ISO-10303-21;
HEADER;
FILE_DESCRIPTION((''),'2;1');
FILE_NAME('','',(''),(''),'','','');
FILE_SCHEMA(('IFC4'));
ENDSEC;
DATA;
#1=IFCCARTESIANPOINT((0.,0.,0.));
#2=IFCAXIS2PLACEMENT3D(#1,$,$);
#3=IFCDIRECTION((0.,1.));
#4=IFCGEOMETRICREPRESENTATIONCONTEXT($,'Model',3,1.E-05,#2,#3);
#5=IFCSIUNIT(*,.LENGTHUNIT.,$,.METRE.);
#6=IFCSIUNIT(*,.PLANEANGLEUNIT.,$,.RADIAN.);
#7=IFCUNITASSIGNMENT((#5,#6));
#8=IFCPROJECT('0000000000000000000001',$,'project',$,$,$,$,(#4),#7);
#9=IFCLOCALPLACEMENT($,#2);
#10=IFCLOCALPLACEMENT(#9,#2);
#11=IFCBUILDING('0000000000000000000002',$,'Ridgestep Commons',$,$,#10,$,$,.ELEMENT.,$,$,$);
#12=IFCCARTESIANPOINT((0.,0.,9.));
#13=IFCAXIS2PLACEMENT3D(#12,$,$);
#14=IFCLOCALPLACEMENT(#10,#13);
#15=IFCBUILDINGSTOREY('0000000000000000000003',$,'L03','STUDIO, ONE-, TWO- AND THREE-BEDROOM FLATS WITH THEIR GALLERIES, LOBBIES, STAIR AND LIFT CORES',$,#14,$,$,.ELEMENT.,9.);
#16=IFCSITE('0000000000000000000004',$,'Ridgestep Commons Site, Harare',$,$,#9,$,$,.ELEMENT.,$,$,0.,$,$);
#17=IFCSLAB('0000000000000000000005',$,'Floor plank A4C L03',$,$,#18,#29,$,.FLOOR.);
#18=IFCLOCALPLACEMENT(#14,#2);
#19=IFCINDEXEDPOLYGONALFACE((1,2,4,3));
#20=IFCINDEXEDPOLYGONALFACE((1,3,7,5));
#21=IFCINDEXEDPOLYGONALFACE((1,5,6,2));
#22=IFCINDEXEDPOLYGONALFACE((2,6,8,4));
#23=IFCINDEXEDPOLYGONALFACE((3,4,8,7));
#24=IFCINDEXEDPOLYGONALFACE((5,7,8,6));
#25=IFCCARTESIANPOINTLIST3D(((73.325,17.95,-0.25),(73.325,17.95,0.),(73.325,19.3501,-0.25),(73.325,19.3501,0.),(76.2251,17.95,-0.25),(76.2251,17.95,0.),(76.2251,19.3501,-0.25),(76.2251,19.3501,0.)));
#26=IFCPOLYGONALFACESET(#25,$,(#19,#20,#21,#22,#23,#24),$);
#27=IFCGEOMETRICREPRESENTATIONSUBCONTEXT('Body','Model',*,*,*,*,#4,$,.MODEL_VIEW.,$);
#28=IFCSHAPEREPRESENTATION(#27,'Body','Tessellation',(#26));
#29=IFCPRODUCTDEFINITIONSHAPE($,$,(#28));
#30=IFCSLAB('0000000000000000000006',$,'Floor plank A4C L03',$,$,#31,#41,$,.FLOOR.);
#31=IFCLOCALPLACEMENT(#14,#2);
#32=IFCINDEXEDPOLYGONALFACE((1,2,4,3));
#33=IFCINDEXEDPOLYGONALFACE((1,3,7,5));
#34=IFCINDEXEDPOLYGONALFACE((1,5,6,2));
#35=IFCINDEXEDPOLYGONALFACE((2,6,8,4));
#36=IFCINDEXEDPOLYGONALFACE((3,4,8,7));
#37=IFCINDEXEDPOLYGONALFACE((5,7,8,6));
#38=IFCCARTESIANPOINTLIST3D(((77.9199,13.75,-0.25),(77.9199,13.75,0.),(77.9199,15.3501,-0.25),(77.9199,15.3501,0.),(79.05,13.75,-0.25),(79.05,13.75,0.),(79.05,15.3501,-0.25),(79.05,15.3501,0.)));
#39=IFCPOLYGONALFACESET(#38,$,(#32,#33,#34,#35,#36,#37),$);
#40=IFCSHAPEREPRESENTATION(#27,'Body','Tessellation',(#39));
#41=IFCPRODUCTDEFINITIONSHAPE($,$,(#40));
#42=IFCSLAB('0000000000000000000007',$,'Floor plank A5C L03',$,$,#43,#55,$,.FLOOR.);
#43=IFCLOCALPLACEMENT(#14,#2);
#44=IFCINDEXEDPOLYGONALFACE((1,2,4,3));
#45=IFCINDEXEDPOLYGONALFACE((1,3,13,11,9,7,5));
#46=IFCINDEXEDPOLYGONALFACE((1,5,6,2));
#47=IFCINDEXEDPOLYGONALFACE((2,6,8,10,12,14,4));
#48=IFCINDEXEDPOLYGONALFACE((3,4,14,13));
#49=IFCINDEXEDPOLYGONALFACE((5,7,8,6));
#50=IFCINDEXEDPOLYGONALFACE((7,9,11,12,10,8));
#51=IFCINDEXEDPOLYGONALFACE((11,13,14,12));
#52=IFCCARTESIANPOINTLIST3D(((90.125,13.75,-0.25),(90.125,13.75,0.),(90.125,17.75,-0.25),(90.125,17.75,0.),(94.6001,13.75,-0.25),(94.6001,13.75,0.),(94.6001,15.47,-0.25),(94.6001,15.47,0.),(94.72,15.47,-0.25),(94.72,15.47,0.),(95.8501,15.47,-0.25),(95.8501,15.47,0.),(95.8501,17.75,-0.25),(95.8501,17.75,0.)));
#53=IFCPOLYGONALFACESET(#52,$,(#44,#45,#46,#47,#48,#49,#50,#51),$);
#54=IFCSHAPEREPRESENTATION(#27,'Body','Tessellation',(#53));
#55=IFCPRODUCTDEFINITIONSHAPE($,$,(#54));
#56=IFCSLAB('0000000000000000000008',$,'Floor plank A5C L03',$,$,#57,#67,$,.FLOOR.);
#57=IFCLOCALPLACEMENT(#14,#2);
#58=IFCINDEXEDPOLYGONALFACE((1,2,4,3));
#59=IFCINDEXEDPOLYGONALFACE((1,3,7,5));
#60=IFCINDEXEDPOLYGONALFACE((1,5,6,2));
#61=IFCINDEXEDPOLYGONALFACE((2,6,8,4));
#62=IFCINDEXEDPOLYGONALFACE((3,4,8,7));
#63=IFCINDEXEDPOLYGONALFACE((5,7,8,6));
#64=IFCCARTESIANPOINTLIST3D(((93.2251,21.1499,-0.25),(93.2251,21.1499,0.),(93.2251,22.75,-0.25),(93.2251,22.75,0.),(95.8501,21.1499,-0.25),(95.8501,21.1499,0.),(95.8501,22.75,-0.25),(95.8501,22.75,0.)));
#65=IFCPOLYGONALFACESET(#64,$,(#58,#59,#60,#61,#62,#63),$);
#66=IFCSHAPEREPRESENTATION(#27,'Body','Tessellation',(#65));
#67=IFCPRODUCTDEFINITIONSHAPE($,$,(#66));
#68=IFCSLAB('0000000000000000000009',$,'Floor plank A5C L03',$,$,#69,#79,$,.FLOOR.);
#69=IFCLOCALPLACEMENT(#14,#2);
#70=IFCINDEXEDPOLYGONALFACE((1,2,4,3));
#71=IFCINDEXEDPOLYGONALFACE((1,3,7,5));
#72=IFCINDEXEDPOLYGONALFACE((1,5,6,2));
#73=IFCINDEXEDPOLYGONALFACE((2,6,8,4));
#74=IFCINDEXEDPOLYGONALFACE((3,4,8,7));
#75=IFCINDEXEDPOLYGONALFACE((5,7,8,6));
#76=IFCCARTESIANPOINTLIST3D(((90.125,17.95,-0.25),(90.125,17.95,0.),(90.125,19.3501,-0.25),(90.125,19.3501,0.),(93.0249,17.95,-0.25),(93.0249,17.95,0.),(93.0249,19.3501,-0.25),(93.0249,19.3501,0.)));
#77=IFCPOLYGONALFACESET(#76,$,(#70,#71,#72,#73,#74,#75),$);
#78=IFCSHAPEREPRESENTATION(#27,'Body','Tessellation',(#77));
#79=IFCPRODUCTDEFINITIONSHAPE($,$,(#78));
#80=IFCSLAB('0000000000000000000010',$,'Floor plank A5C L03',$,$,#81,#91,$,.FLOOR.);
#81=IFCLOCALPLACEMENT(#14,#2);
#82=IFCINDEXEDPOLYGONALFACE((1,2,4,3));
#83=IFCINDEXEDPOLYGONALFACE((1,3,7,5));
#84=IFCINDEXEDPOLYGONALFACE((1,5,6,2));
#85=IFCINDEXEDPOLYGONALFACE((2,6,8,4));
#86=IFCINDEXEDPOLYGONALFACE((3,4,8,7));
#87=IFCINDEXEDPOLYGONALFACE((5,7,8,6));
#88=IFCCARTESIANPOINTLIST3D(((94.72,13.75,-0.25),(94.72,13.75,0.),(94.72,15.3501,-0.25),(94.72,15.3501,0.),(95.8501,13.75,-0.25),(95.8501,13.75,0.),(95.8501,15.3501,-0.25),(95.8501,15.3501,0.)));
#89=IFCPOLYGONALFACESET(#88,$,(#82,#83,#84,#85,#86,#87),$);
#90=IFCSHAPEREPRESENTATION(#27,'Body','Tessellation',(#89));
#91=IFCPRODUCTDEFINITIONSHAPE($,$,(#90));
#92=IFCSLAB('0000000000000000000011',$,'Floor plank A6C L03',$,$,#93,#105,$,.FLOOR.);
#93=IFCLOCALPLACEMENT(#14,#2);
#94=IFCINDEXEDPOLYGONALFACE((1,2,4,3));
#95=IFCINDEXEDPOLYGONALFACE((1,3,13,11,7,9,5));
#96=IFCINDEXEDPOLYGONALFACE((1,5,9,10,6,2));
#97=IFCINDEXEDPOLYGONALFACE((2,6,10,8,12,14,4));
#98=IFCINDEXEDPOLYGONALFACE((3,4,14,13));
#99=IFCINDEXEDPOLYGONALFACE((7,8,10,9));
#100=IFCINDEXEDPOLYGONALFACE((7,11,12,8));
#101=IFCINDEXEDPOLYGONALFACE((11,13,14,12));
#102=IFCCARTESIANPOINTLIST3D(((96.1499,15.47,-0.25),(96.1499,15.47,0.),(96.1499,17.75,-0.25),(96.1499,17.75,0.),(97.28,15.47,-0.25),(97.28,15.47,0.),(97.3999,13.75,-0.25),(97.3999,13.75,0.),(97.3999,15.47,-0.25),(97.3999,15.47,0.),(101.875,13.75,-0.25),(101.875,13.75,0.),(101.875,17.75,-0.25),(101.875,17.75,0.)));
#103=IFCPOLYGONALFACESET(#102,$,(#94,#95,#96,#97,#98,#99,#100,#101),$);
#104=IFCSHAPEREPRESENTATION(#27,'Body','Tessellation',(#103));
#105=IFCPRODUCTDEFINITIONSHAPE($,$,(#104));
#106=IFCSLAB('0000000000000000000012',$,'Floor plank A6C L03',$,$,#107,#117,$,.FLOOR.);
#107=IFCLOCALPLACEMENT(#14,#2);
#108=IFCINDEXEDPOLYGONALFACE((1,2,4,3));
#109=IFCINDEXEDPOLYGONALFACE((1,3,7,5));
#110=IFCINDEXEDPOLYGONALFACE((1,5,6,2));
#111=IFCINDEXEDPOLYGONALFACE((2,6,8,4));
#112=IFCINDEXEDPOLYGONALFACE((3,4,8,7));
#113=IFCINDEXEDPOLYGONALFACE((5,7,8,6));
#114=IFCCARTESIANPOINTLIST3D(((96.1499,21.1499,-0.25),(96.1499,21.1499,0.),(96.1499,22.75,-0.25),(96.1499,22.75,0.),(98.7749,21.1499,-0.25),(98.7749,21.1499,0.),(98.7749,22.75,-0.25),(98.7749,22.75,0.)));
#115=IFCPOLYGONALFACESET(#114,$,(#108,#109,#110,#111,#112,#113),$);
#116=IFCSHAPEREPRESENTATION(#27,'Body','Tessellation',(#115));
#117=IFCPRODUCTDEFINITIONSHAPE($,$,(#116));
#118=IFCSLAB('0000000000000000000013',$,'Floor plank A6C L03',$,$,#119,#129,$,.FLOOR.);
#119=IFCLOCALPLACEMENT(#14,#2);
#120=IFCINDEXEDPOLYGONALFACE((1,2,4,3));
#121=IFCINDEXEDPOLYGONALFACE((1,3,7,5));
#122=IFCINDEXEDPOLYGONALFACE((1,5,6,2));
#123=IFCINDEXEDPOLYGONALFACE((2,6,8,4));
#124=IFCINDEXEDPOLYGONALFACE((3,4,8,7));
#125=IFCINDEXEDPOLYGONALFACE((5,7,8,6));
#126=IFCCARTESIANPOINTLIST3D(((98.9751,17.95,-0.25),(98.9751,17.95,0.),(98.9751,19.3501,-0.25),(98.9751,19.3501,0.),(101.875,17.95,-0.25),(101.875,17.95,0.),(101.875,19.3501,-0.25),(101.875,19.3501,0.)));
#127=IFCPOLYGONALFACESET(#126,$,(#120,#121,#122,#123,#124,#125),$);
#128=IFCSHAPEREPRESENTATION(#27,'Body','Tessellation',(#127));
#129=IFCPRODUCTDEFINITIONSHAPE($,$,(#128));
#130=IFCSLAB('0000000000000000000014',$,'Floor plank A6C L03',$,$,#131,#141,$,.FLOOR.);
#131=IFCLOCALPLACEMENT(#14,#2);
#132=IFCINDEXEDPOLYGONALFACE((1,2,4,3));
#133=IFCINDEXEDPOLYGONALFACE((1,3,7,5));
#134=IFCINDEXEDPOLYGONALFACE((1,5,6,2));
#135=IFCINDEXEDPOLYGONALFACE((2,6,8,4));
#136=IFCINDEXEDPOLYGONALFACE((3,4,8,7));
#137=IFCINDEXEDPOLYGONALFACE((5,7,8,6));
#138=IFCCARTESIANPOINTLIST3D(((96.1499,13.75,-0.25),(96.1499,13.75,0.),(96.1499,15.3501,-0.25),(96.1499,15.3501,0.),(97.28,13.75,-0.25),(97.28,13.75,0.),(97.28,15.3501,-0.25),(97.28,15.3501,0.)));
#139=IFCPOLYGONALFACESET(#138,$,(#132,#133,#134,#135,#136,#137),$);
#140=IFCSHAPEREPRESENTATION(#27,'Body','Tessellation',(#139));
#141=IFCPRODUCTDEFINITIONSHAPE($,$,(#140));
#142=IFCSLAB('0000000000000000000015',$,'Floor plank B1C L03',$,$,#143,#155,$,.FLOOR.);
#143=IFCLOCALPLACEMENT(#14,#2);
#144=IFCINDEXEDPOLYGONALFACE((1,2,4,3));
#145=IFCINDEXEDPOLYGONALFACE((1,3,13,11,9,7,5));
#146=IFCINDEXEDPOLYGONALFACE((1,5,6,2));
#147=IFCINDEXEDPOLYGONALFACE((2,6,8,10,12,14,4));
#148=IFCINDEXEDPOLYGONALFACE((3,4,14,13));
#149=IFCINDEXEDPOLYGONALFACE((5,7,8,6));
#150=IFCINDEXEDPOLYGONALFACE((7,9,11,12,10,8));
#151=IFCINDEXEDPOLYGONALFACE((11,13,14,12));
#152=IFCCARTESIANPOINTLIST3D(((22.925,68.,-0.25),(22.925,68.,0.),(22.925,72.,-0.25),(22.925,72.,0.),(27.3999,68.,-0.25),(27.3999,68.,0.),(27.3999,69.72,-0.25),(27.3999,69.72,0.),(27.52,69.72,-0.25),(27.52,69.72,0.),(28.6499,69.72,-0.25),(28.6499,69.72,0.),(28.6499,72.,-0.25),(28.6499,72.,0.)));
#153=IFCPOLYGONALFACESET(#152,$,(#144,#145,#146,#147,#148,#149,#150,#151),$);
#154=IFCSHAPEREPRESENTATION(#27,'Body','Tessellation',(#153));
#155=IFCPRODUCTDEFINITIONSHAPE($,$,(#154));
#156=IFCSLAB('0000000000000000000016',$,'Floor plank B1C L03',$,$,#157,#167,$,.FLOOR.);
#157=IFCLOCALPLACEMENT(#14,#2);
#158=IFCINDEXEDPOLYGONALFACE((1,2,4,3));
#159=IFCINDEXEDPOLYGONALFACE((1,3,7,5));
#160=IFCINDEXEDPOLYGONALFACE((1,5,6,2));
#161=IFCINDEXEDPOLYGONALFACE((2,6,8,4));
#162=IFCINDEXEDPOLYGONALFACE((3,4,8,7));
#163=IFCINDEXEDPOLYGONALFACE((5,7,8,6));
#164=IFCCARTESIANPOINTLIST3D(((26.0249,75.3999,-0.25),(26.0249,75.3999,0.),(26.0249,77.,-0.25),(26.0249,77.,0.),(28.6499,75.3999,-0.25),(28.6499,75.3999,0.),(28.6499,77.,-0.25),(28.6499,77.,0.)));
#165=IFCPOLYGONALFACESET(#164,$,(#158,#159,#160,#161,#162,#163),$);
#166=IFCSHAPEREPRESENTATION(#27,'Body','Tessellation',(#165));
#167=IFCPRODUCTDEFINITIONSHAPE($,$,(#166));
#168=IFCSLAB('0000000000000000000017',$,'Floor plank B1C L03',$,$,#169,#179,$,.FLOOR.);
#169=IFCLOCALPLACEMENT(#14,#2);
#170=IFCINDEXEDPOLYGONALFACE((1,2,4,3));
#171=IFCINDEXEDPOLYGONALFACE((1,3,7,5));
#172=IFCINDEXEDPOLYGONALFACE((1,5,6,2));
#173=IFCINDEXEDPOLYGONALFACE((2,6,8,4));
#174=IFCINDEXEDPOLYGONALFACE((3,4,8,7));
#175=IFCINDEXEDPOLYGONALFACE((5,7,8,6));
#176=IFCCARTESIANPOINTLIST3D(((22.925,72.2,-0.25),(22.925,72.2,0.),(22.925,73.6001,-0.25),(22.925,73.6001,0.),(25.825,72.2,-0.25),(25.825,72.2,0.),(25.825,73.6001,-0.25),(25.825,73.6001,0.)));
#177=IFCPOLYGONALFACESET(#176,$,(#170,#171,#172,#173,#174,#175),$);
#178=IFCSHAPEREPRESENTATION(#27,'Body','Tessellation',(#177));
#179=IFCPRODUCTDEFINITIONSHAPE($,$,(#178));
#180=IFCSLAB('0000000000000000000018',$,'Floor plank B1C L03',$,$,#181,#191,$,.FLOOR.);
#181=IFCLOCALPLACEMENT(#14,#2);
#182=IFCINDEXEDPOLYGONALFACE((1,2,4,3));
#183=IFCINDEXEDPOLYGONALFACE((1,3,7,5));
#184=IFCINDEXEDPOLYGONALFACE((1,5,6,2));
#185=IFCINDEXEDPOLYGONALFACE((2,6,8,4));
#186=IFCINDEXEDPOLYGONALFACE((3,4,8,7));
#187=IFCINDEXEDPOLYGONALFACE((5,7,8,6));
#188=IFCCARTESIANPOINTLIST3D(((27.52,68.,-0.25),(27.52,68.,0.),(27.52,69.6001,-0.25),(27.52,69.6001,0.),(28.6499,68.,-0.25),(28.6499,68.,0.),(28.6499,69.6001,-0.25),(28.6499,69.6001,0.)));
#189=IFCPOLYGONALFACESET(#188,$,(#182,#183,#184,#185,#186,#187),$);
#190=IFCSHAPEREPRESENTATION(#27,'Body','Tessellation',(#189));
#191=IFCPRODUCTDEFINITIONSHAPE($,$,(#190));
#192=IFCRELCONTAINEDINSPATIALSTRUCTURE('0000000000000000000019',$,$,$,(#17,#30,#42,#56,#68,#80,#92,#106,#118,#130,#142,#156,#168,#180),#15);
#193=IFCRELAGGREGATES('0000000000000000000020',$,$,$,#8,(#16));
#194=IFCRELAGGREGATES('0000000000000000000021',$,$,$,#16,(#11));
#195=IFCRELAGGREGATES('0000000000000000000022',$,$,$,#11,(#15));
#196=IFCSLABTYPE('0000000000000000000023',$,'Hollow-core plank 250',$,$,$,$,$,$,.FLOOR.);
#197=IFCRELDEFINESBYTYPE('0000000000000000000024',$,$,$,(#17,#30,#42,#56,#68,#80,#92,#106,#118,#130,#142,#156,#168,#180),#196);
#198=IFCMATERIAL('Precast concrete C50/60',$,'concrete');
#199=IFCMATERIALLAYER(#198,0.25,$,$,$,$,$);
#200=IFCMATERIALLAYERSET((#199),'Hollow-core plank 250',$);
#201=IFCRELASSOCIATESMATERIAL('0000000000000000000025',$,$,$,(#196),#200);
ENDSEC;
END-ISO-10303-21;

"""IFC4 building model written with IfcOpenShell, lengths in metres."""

from ifc_helpers import new_model, si_unit, direction, frame, origin, place, context, subcontext, project, spatial, polyline, outline, extrude, material, layer, layer_set, type_object, element, save


model = new_model("IFC4")

# Units and contexts
model_context = context("Model", 3, precision=1e-05, world=origin(), true_north=direction((0.0, 1.0)))
body_context = subcontext(model_context, "Body", "Model", "MODEL_VIEW")
ifc_project = project(units=[si_unit("LENGTHUNIT", "METRE"), si_unit("PLANEANGLEUNIT", "RADIAN")], contexts=[model_context])

# Site, building, storey
site_placement = place(None, origin())
site = spatial("IfcSite", under=ifc_project, at=site_placement, Name="Ridgestep Commons Site, Harare", CompositionType="ELEMENT", RefElevation=0.0)
building_placement = place(site_placement, origin())
building = spatial("IfcBuilding", under=site, at=building_placement, Name="Ridgestep Commons", CompositionType="ELEMENT")
storey_placement = place(building_placement, frame((0.0, 0.0, 9.0)))
storey = spatial("IfcBuildingStorey", under=building, at=storey_placement, Name="L03", Description="STUDIO, ONE-, TWO- AND THREE-BEDROOM FLATS WITH THEIR GALLERIES, LOBBIES, STAIR AND LIFT CORES", CompositionType="ELEMENT", Elevation=9.0)

# Slabs
ifc_material = material(Name="Precast concrete C50/60", Category="concrete")
ifc_layer = layer(ifc_material, 0.25)
ifc_layer_set = layer_set([ifc_layer], Name="Hollow-core plank 250")
slab_type = type_object("IfcSlabType", Name="Hollow-core plank 250", PredefinedType="FLOOR", material=ifc_layer_set)
slab_1_placement = place(storey_placement, frame((0.0, 0.0, -0.25)))
element("IfcSlab", 1, at=slab_1_placement, inside=storey, type_object=slab_type, Name="Floor plank A4C L03", PredefinedType="FLOOR", context=body_context, shape_type="SweptSolid", body=[
    extrude(outline(polyline([(76.2251, 17.95), (76.2251, 19.3501), (73.325, 19.3501), (73.325, 17.95), (76.2251, 17.95)])), origin(), (0.0, 0.0, 1.0), 0.25),
])
slab_2_placement = place(storey_placement, frame((0.0, 0.0, -0.25)))
element("IfcSlab", 2, at=slab_2_placement, inside=storey, type_object=slab_type, Name="Floor plank A4C L03", PredefinedType="FLOOR", context=body_context, shape_type="SweptSolid", body=[
    extrude(outline(polyline([(77.9199, 13.75), (79.05, 13.75), (79.05, 15.3501), (77.9199, 15.3501), (77.9199, 13.75)])), origin(), (0.0, 0.0, 1.0), 0.25),
])
slab_3_placement = place(storey_placement, frame((0.0, 0.0, -0.25)))
element("IfcSlab", 3, at=slab_3_placement, inside=storey, type_object=slab_type, Name="Floor plank A5C L03", PredefinedType="FLOOR", context=body_context, shape_type="SweptSolid", body=[
    extrude(outline(polyline([(94.72, 15.47), (95.8501, 15.47), (95.8501, 17.75), (90.125, 17.75), (90.125, 13.75), (94.6001, 13.75), (94.6001, 15.47), (94.72, 15.47)])), origin(), (0.0, 0.0, 1.0), 0.25),
])
slab_4_placement = place(storey_placement, frame((0.0, 0.0, -0.25)))
element("IfcSlab", 4, at=slab_4_placement, inside=storey, type_object=slab_type, Name="Floor plank A5C L03", PredefinedType="FLOOR", context=body_context, shape_type="SweptSolid", body=[
    extrude(outline(polyline([(95.8501, 21.1499), (95.8501, 22.75), (93.2251, 22.75), (93.2251, 21.1499), (95.8501, 21.1499)])), origin(), (0.0, 0.0, 1.0), 0.25),
])
slab_5_placement = place(storey_placement, frame((0.0, 0.0, -0.25)))
element("IfcSlab", 5, at=slab_5_placement, inside=storey, type_object=slab_type, Name="Floor plank A5C L03", PredefinedType="FLOOR", context=body_context, shape_type="SweptSolid", body=[
    extrude(outline(polyline([(93.0249, 17.95), (93.0249, 19.3501), (90.125, 19.3501), (90.125, 17.95), (93.0249, 17.95)])), origin(), (0.0, 0.0, 1.0), 0.25),
])
slab_6_placement = place(storey_placement, frame((0.0, 0.0, -0.25)))
element("IfcSlab", 6, at=slab_6_placement, inside=storey, type_object=slab_type, Name="Floor plank A5C L03", PredefinedType="FLOOR", context=body_context, shape_type="SweptSolid", body=[
    extrude(outline(polyline([(94.72, 13.75), (95.8501, 13.75), (95.8501, 15.3501), (94.72, 15.3501), (94.72, 13.75)])), origin(), (0.0, 0.0, 1.0), 0.25),
])
slab_7_placement = place(storey_placement, frame((0.0, 0.0, -0.25)))
element("IfcSlab", 7, at=slab_7_placement, inside=storey, type_object=slab_type, Name="Floor plank A6C L03", PredefinedType="FLOOR", context=body_context, shape_type="SweptSolid", body=[
    extrude(outline(polyline([(97.3999, 13.75), (101.875, 13.75), (101.875, 17.75), (96.1499, 17.75), (96.1499, 15.47), (97.28, 15.47), (97.3999, 15.47), (97.3999, 13.75)])), origin(), (0.0, 0.0, 1.0), 0.25),
])
slab_8_placement = place(storey_placement, frame((0.0, 0.0, -0.25)))
element("IfcSlab", 8, at=slab_8_placement, inside=storey, type_object=slab_type, Name="Floor plank A6C L03", PredefinedType="FLOOR", context=body_context, shape_type="SweptSolid", body=[
    extrude(outline(polyline([(98.7749, 22.75), (96.1499, 22.75), (96.1499, 21.1499), (98.7749, 21.1499), (98.7749, 22.75)])), origin(), (0.0, 0.0, 1.0), 0.25),
])
slab_9_placement = place(storey_placement, frame((0.0, 0.0, -0.25)))
element("IfcSlab", 9, at=slab_9_placement, inside=storey, type_object=slab_type, Name="Floor plank A6C L03", PredefinedType="FLOOR", context=body_context, shape_type="SweptSolid", body=[
    extrude(outline(polyline([(101.875, 17.95), (101.875, 19.3501), (98.9751, 19.3501), (98.9751, 17.95), (101.875, 17.95)])), origin(), (0.0, 0.0, 1.0), 0.25),
])
slab_10_placement = place(storey_placement, frame((0.0, 0.0, -0.25)))
element("IfcSlab", 10, at=slab_10_placement, inside=storey, type_object=slab_type, Name="Floor plank A6C L03", PredefinedType="FLOOR", context=body_context, shape_type="SweptSolid", body=[
    extrude(outline(polyline([(97.28, 15.3501), (96.1499, 15.3501), (96.1499, 13.75), (97.28, 13.75), (97.28, 15.3501)])), origin(), (0.0, 0.0, 1.0), 0.25),
])
slab_11_placement = place(storey_placement, frame((0.0, 0.0, -0.25)))
element("IfcSlab", 11, at=slab_11_placement, inside=storey, type_object=slab_type, Name="Floor plank B1C L03", PredefinedType="FLOOR", context=body_context, shape_type="SweptSolid", body=[
    extrude(outline(polyline([(27.52, 69.72), (28.6499, 69.72), (28.6499, 72.0), (22.925, 72.0), (22.925, 68.0), (27.3999, 68.0), (27.3999, 69.72), (27.52, 69.72)])), origin(), (0.0, 0.0, 1.0), 0.25),
])
slab_12_placement = place(storey_placement, frame((0.0, 0.0, -0.25)))
element("IfcSlab", 12, at=slab_12_placement, inside=storey, type_object=slab_type, Name="Floor plank B1C L03", PredefinedType="FLOOR", context=body_context, shape_type="SweptSolid", body=[
    extrude(outline(polyline([(28.6499, 75.3999), (28.6499, 77.0), (26.0249, 77.0), (26.0249, 75.3999), (28.6499, 75.3999)])), origin(), (0.0, 0.0, 1.0), 0.25),
])
slab_13_placement = place(storey_placement, frame((0.0, 0.0, -0.25)))
element("IfcSlab", 13, at=slab_13_placement, inside=storey, type_object=slab_type, Name="Floor plank B1C L03", PredefinedType="FLOOR", context=body_context, shape_type="SweptSolid", body=[
    extrude(outline(polyline([(25.825, 72.2), (25.825, 73.6001), (22.925, 73.6001), (22.925, 72.2), (25.825, 72.2)])), origin(), (0.0, 0.0, 1.0), 0.25),
])
slab_14_placement = place(storey_placement, frame((0.0, 0.0, -0.25)))
element("IfcSlab", 14, at=slab_14_placement, inside=storey, type_object=slab_type, Name="Floor plank B1C L03", PredefinedType="FLOOR", context=body_context, shape_type="SweptSolid", body=[
    extrude(outline(polyline([(27.52, 68.0), (28.6499, 68.0), (28.6499, 69.6001), (27.52, 69.6001), (27.52, 68.0)])), origin(), (0.0, 0.0, 1.0), 0.25),
])

save(model, "model.ifc")
